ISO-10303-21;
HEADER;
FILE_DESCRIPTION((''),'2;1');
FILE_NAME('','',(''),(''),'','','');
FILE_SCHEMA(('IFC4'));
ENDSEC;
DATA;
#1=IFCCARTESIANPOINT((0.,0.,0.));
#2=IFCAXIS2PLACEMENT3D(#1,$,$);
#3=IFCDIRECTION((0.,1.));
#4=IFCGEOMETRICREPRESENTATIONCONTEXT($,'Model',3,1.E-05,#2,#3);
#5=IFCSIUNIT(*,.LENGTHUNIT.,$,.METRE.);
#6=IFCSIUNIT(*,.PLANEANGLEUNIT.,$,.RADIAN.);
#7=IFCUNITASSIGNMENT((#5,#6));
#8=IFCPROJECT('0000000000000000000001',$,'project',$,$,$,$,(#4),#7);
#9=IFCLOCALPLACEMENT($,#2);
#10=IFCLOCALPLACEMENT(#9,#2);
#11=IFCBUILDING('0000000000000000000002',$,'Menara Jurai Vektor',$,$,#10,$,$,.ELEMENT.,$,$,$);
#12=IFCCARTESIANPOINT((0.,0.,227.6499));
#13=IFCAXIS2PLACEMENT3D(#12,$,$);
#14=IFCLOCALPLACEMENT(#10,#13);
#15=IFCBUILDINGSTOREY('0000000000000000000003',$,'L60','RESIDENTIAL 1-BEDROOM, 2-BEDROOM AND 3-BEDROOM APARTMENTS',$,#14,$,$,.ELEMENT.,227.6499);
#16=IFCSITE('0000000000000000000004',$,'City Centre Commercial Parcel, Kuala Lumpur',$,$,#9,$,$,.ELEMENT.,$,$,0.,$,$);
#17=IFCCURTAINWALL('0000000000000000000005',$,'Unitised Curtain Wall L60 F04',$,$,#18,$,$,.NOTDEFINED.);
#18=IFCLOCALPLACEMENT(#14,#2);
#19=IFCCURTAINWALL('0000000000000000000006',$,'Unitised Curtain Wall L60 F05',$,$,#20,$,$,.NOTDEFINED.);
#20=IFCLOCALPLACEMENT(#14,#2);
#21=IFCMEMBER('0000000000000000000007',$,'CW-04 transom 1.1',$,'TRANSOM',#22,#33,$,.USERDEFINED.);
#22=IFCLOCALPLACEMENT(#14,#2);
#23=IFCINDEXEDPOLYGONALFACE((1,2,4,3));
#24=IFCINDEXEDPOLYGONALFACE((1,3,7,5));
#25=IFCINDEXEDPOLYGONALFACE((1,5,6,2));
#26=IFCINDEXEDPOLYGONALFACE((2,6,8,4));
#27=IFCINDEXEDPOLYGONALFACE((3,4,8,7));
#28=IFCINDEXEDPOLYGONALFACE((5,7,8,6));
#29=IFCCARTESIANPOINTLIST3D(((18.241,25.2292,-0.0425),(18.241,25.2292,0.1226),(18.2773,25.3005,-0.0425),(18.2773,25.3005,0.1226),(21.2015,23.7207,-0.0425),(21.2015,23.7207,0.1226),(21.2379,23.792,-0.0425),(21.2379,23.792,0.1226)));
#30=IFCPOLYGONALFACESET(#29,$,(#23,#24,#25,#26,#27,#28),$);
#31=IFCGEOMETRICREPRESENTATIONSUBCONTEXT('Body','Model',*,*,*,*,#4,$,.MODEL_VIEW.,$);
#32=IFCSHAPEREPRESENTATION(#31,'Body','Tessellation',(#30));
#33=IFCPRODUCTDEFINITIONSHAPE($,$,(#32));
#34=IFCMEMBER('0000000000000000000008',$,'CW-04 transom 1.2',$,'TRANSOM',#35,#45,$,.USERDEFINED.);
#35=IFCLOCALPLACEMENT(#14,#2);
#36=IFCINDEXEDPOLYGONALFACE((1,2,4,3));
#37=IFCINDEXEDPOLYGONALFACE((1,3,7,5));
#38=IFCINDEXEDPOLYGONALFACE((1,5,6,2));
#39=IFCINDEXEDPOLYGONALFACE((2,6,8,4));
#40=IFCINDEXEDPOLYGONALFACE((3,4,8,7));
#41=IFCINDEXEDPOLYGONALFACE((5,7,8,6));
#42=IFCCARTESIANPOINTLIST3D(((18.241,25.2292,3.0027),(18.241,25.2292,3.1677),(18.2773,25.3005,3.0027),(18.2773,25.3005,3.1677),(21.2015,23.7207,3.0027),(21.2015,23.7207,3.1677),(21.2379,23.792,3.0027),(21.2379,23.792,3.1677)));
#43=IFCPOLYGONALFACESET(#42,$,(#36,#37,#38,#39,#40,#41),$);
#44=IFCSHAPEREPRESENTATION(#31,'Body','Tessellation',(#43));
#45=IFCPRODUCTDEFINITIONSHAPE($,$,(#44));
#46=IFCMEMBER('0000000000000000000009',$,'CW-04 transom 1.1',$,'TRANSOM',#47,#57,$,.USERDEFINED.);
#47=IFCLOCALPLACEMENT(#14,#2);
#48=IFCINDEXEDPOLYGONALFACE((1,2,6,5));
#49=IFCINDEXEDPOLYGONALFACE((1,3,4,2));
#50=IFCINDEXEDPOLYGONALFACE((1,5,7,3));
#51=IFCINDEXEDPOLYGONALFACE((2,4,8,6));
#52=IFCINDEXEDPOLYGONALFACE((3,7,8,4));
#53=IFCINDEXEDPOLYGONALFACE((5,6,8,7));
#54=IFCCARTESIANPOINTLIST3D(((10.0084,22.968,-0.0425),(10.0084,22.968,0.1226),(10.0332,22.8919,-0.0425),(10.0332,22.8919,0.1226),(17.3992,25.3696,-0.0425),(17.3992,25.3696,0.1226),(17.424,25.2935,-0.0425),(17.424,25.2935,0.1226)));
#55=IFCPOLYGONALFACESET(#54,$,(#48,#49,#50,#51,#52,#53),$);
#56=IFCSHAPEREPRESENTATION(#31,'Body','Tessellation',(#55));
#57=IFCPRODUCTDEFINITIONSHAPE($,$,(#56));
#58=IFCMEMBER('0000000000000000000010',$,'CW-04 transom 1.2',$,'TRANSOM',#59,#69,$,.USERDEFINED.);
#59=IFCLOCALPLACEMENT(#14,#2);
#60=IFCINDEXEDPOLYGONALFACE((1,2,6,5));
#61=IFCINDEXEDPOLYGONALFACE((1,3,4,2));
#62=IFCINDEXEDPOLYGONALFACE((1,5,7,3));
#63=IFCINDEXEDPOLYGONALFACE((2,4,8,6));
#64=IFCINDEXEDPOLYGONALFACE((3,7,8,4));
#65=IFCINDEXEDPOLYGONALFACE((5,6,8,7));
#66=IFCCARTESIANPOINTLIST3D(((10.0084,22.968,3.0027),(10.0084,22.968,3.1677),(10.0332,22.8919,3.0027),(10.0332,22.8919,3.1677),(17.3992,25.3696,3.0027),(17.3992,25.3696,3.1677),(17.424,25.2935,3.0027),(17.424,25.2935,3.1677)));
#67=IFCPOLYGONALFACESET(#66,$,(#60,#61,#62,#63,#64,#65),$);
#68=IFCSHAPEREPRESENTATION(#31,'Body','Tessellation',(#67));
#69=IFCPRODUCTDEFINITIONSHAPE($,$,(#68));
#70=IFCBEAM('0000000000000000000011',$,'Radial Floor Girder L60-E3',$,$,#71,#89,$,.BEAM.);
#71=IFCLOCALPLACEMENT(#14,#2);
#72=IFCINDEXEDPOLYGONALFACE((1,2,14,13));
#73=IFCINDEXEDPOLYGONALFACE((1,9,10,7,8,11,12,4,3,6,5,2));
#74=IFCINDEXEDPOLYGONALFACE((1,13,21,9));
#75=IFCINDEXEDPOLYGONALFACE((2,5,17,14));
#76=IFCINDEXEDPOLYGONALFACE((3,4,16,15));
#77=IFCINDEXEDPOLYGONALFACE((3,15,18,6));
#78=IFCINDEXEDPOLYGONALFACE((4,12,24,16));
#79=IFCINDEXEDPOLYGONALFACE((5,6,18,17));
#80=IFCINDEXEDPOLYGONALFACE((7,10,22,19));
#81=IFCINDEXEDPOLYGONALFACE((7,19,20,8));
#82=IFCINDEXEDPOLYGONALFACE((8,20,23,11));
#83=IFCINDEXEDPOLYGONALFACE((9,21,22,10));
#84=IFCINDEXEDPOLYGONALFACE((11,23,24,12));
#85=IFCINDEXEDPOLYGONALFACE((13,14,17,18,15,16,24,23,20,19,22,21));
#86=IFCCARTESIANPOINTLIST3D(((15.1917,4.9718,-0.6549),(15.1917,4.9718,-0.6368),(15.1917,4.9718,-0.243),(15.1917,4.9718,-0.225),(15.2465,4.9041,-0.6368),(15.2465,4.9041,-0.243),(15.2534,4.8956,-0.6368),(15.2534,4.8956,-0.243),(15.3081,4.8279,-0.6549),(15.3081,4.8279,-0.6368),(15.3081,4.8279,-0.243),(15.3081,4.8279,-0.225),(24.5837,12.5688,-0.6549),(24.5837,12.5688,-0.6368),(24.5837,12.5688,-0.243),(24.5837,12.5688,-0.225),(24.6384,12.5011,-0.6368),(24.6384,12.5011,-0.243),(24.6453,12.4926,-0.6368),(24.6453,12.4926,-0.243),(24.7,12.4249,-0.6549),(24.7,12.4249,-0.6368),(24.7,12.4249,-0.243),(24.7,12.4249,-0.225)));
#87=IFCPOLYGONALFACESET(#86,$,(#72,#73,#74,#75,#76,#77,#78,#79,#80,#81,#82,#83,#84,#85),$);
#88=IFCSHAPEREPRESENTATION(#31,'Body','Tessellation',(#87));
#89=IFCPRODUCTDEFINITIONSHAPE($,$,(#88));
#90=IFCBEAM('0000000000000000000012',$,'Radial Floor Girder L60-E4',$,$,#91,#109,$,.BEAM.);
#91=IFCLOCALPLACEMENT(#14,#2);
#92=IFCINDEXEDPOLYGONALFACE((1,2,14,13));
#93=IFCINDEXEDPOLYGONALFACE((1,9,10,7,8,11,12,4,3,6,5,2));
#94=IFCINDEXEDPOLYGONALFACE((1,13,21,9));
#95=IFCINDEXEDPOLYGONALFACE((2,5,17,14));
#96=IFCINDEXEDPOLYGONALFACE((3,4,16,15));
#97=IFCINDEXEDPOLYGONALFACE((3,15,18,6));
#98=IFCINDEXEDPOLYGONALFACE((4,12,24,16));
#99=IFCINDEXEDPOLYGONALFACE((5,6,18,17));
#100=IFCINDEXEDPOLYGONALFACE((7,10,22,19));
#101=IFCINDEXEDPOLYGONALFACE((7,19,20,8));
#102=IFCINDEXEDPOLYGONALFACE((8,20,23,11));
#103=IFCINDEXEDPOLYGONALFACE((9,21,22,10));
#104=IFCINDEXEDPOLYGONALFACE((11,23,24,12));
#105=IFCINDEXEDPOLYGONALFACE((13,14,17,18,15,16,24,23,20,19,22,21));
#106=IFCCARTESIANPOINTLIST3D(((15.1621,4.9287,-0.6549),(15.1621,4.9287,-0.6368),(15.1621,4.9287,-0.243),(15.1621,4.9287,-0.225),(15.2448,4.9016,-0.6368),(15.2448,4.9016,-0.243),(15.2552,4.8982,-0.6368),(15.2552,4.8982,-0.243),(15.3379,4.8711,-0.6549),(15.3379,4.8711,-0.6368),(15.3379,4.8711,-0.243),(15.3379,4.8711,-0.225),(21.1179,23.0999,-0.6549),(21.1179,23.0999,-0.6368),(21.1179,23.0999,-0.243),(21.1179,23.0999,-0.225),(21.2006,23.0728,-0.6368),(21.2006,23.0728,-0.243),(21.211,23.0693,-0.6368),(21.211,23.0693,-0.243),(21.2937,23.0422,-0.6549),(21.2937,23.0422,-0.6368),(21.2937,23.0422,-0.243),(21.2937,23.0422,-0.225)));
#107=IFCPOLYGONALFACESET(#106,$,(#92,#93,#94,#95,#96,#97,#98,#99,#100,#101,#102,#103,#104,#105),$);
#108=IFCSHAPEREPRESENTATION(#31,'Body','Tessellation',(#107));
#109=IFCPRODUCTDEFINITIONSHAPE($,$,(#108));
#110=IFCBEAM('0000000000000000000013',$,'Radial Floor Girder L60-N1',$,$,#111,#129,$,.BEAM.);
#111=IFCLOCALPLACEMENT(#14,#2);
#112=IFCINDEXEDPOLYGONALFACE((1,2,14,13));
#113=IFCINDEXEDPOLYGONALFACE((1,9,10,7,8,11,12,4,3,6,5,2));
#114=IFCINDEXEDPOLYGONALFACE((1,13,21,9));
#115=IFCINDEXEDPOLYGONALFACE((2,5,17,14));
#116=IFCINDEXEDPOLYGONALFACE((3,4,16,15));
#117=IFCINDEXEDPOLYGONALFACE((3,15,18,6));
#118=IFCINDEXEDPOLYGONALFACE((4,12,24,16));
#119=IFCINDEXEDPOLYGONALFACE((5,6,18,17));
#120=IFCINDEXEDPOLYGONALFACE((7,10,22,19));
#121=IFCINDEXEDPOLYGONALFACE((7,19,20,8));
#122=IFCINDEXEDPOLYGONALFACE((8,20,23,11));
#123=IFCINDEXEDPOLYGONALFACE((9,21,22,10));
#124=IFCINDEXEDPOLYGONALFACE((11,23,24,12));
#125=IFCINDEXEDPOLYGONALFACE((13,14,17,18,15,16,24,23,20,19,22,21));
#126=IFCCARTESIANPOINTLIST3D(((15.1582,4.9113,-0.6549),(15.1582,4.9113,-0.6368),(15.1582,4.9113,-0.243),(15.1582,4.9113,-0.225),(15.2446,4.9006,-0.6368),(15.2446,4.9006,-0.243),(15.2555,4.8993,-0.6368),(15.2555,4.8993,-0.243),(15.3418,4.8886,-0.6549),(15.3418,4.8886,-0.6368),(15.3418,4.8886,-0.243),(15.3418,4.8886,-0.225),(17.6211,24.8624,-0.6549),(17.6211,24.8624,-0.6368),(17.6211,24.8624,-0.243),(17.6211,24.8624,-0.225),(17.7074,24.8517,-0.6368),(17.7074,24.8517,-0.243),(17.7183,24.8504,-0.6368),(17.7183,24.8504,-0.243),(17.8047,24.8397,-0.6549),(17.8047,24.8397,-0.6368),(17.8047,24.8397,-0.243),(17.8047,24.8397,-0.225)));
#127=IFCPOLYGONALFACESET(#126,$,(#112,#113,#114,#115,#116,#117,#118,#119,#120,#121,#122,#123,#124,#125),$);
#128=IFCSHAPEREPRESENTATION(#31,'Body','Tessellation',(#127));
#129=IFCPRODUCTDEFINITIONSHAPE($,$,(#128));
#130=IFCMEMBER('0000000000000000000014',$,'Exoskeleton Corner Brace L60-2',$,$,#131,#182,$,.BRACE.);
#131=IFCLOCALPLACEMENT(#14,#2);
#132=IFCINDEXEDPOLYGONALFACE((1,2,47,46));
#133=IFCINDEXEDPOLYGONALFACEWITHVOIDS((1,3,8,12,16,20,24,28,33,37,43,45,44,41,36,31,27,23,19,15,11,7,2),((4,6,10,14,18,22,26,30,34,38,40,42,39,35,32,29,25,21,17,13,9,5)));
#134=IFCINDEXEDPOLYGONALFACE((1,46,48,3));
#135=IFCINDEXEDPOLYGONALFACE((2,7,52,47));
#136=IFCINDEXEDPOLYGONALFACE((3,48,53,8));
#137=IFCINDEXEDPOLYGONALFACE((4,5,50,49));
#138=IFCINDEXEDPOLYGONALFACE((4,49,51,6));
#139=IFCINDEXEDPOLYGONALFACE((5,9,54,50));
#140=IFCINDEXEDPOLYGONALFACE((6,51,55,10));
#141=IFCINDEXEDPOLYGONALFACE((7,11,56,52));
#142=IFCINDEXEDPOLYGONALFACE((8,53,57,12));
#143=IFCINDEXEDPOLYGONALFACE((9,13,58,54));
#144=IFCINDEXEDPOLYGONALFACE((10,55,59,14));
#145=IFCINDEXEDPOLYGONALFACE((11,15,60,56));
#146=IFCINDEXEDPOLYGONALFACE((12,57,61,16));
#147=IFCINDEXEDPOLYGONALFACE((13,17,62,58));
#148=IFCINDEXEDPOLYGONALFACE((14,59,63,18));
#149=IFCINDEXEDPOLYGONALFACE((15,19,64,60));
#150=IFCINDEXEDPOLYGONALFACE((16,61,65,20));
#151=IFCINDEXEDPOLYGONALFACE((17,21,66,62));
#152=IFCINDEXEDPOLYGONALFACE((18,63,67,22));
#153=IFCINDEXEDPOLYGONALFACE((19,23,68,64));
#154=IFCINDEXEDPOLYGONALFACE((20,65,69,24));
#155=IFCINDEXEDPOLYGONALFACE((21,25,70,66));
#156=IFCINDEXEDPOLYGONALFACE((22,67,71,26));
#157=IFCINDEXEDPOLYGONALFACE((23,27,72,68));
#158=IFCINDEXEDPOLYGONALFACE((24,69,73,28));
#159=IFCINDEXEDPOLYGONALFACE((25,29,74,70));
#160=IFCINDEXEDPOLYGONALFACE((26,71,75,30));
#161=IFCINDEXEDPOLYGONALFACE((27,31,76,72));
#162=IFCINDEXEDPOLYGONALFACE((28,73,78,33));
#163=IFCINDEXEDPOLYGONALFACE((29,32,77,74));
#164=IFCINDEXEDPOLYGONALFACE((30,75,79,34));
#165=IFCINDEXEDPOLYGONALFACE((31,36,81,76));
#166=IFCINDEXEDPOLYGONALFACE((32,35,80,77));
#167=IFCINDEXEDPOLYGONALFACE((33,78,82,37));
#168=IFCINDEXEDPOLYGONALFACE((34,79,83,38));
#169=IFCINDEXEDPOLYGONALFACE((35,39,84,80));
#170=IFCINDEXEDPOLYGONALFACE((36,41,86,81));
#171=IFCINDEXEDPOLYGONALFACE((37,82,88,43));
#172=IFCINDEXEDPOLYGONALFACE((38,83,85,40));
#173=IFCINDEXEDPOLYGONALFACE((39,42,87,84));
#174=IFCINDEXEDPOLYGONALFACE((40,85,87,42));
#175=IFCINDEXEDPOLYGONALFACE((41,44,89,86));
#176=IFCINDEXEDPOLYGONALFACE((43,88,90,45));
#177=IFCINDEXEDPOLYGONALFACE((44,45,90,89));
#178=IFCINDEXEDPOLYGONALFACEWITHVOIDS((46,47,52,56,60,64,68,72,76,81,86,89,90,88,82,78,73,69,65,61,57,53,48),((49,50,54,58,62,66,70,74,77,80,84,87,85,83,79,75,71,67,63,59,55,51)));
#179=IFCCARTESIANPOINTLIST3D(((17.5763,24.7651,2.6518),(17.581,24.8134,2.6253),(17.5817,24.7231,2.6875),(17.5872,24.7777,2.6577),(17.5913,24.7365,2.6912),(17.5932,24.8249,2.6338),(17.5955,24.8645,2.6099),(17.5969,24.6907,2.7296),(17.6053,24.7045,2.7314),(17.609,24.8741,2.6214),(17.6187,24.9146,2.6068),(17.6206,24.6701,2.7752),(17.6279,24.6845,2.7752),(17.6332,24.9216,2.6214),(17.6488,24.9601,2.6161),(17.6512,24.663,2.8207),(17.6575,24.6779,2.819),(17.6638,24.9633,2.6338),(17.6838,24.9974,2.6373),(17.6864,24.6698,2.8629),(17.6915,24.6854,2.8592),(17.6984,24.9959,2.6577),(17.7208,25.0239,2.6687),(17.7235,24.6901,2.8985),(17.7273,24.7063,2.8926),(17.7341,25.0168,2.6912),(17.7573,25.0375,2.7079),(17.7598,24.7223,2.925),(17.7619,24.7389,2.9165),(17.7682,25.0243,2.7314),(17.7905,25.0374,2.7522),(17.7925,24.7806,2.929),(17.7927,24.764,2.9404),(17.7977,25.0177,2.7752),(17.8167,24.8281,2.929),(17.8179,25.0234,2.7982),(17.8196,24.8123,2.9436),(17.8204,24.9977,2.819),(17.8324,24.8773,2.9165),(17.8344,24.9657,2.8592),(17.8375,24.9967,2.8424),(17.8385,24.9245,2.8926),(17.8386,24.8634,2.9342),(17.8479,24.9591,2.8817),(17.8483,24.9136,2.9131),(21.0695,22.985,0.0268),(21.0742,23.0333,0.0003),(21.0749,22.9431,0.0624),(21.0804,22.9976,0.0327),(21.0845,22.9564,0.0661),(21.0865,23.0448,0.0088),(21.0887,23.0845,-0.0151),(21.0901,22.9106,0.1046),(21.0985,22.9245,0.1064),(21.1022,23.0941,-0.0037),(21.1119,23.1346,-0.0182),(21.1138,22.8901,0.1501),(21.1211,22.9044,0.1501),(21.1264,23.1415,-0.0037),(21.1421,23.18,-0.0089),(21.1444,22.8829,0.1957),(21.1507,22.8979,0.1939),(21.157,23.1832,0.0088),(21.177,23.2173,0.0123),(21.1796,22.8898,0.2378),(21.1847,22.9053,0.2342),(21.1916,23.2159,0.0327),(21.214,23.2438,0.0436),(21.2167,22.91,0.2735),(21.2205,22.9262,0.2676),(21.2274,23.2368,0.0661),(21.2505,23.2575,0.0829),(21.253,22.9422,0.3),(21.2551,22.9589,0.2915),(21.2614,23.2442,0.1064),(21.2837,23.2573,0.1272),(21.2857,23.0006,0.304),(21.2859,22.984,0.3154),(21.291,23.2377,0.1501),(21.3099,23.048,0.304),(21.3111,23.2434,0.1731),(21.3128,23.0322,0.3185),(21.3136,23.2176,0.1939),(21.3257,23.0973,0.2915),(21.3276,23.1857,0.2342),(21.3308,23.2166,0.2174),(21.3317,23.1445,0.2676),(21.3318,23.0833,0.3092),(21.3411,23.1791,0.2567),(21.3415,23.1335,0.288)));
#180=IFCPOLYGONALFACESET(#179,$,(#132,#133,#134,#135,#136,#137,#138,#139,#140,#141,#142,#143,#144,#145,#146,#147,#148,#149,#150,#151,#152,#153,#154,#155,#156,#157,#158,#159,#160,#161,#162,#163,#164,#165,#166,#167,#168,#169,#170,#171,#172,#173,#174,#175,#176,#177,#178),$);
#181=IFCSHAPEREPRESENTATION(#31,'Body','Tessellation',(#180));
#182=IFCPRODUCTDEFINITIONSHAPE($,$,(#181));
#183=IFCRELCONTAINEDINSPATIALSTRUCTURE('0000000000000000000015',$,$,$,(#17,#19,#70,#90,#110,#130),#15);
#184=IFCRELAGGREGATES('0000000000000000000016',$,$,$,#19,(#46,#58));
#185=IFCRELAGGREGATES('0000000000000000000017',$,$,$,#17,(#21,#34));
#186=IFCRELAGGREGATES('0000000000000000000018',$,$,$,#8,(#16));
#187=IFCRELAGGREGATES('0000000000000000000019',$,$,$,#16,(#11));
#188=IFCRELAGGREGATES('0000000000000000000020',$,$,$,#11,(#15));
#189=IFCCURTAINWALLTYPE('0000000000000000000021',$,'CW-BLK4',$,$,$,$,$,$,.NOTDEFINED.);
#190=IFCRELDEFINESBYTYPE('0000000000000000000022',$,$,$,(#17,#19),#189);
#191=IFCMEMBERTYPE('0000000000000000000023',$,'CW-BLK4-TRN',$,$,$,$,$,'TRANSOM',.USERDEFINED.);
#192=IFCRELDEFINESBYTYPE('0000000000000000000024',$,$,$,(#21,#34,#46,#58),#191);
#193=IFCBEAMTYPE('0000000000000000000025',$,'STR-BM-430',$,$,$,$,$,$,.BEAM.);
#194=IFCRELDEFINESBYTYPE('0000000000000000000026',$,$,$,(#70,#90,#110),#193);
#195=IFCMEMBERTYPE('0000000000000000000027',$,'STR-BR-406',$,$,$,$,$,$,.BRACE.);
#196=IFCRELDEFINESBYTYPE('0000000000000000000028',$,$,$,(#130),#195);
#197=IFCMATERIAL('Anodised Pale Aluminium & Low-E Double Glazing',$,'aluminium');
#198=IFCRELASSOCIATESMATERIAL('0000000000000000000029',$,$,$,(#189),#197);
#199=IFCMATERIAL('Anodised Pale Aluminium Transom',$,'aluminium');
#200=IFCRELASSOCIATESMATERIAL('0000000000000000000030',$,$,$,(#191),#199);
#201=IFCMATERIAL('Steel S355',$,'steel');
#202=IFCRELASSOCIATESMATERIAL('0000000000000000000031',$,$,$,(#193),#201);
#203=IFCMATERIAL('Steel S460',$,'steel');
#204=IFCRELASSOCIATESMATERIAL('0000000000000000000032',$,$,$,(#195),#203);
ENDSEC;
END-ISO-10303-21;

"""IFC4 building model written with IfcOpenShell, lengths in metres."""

from ifc_helpers import new_model, si_unit, direction, frame, origin, origin_2d, place, context, subcontext, project, spatial, rectangle, hollow_circle, i_section, extrude, material, material_profile, profile_set, type_object, element, aggregate, save


model = new_model("IFC4")

# Units and contexts
model_context = context("Model", 3, precision=1e-05, world=origin(), true_north=direction((0.0, 1.0)))
body_context = subcontext(model_context, "Body", "Model", "MODEL_VIEW")
ifc_project = project(units=[si_unit("LENGTHUNIT", "METRE"), si_unit("PLANEANGLEUNIT", "RADIAN")], contexts=[model_context])

# Site, building, storey
site_placement = place(None, origin())
site = spatial("IfcSite", under=ifc_project, at=site_placement, Name="City Centre Commercial Parcel, Kuala Lumpur", CompositionType="ELEMENT", RefElevation=0.0)
building_placement = place(site_placement, origin())
building = spatial("IfcBuilding", under=site, at=building_placement, Name="Menara Jurai Vektor", CompositionType="ELEMENT")
storey_placement = place(building_placement, frame((0.0, 0.0, 227.6499)))
storey = spatial("IfcBuildingStorey", under=building, at=storey_placement, Name="L60", Description="RESIDENTIAL 1-BEDROOM, 2-BEDROOM AND 3-BEDROOM APARTMENTS", CompositionType="ELEMENT", Elevation=227.6499)

# Shared definitions
ifc_material_1 = material(Name="Steel S460", Category="steel")

# Curtain wall
ifc_material_2 = material(Name="Anodised Pale Aluminium & Low-E Double Glazing", Category="aluminium")
curtain_wall_type = type_object("IfcCurtainWallType", Name="CW-BLK4", PredefinedType="NOTDEFINED", material=ifc_material_2)
curtain_wall_1_placement = place(storey_placement, origin())
curtain_wall_1 = element("IfcCurtainWall", 1, at=curtain_wall_1_placement, inside=storey, type_object=curtain_wall_type, Name="Unitised Curtain Wall L60 F04", PredefinedType="NOTDEFINED")

# Curtain wall
curtain_wall_2_placement = place(storey_placement, origin())
curtain_wall_2 = element("IfcCurtainWall", 2, at=curtain_wall_2_placement, inside=storey, type_object=curtain_wall_type, Name="Unitised Curtain Wall L60 F05", PredefinedType="NOTDEFINED")

# Members
ifc_material_3 = material(Name="Anodised Pale Aluminium Transom", Category="aluminium")
ifc_material_profile_1 = material_profile(ifc_material_3, rectangle(XDim=0.0801, YDim=0.165, at=origin_2d()), Name="ALU TRN 80x165")
ifc_profile_set_1 = profile_set([ifc_material_profile_1], Name="Anodised Pale Aluminium Transom")
member_type_1 = type_object("IfcMemberType", Name="CW-BLK4-TRN", ElementType="TRANSOM", PredefinedType="USERDEFINED", material=ifc_profile_set_1)
member_1_placement = place(storey_placement, frame((21.2197, 23.7563, 0.04), z_axis=(-0.891007, 0.45399, 0.0), x_axis=(-0.45399, -0.891007, 0.0)))
member_1 = element("IfcMember", 3, at=member_1_placement, type_object=member_type_1, Name="CW-04 transom 1.1", ObjectType="TRANSOM", PredefinedType="USERDEFINED", context=body_context, shape_type="SweptSolid", body=[
    extrude(rectangle(XDim=0.0801, YDim=0.165, at=origin_2d()), origin(), (0.0, 0.0, 1.0), 3.3228),
])
member_2_placement = place(storey_placement, frame((21.2197, 23.7563, 3.0852), z_axis=(-0.891007, 0.45399, 0.0), x_axis=(-0.45399, -0.891007, 0.0)))
member_2 = element("IfcMember", 4, at=member_2_placement, type_object=member_type_1, Name="CW-04 transom 1.2", ObjectType="TRANSOM", PredefinedType="USERDEFINED", context=body_context, shape_type="SweptSolid", body=[
    extrude(rectangle(XDim=0.0801, YDim=0.165, at=origin_2d()), origin(), (0.0, 0.0, 1.0), 3.3228),
])
member_3_placement = place(storey_placement, frame((17.4116, 25.3315, 0.04), z_axis=(-0.95105, -0.309037, 0.0), x_axis=(0.309037, -0.95105, 0.0)))
member_3 = element("IfcMember", 5, at=member_3_placement, type_object=member_type_1, Name="CW-04 transom 1.1", ObjectType="TRANSOM", PredefinedType="USERDEFINED", context=body_context, shape_type="SweptSolid", body=[
    extrude(rectangle(XDim=0.0801, YDim=0.165, at=origin_2d()), origin(), (0.0, 0.0, 1.0), 7.7712),
])
member_4_placement = place(storey_placement, frame((17.4116, 25.3315, 3.0852), z_axis=(-0.95105, -0.309037, 0.0), x_axis=(0.309037, -0.95105, 0.0)))
member_4 = element("IfcMember", 6, at=member_4_placement, type_object=member_type_1, Name="CW-04 transom 1.2", ObjectType="TRANSOM", PredefinedType="USERDEFINED", context=body_context, shape_type="SweptSolid", body=[
    extrude(rectangle(XDim=0.0801, YDim=0.165, at=origin_2d()), origin(), (0.0, 0.0, 1.0), 7.7712),
])

# Beams
ifc_material_4 = material(Name="Steel S355", Category="steel")
ifc_material_profile_2 = material_profile(ifc_material_4, i_section(OverallWidth=0.1851, OverallDepth=0.4299, WebThickness=0.011, FlangeThickness=0.0181, at=origin_2d()), Name="PG 430x185x76")
ifc_profile_set_2 = profile_set([ifc_material_profile_2], Name="Steel S355")
beam_type_1 = type_object("IfcBeamType", Name="STR-BM-430", PredefinedType="BEAM", material=ifc_profile_set_2)
beam_1_placement = place(storey_placement, frame((24.6418, 12.4968, -0.4399), z_axis=(-0.777488, -0.628898, 0.0), x_axis=(0.628898, -0.777488, 0.0)))
element("IfcBeam", 7, at=beam_1_placement, inside=storey, type_object=beam_type_1, Name="Radial Floor Girder L60-E3", PredefinedType="BEAM", context=body_context, shape_type="SweptSolid", body=[
    extrude(i_section(OverallWidth=0.1851, OverallDepth=0.4299, WebThickness=0.011, FlangeThickness=0.0181, at=origin_2d()), origin(), (0.0, 0.0, 1.0), 12.0798),
])
beam_2_placement = place(storey_placement, frame((21.2058, 23.071, -0.4399), z_axis=(-0.311459, -0.95026, 0.0), x_axis=(0.95026, -0.311459, 0.0)))
element("IfcBeam", 8, at=beam_2_placement, inside=storey, type_object=beam_type_1, Name="Radial Floor Girder L60-E4", PredefinedType="BEAM", context=body_context, shape_type="SweptSolid", body=[
    extrude(i_section(OverallWidth=0.1851, OverallDepth=0.4299, WebThickness=0.011, FlangeThickness=0.0181, at=origin_2d()), origin(), (0.0, 0.0, 1.0), 19.1223),
])
beam_3_placement = place(storey_placement, frame((17.7129, 24.8511, -0.4399), z_axis=(-0.122516, -0.992467, 0.0), x_axis=(0.992467, -0.122516, 0.0)))
element("IfcBeam", 9, at=beam_3_placement, inside=storey, type_object=beam_type_1, Name="Radial Floor Girder L60-N1", PredefinedType="BEAM", context=body_context, shape_type="SweptSolid", body=[
    extrude(i_section(OverallWidth=0.1851, OverallDepth=0.4299, WebThickness=0.011, FlangeThickness=0.0181, at=origin_2d()), origin(), (0.0, 0.0, 1.0), 20.1025),
])

# Member
ifc_material_profile_3 = material_profile(ifc_material_1, hollow_circle(Radius=0.2031, WallThickness=0.0161, at=origin_2d()), Name="CHS 406.4x16")
ifc_profile_set_3 = profile_set([ifc_material_profile_3], Name="Steel S460")
member_type_2 = type_object("IfcMemberType", Name="STR-BR-406", PredefinedType="BRACE", material=ifc_profile_set_3)
member_5_placement = place(storey_placement, frame((21.2061, 23.071, 0.1501), z_axis=(-0.740361, 0.377269, 0.556357), x_axis=(-0.454026, -0.890989, 0.0)))
element("IfcMember", 10, at=member_5_placement, inside=storey, type_object=member_type_2, Name="Exoskeleton Corner Brace L60-2", PredefinedType="BRACE", context=body_context, shape_type="SweptSolid", body=[
    extrude(hollow_circle(Radius=0.2031, WallThickness=0.0161, at=origin_2d()), origin(), (0.0, 0.0, 1.0), 4.7183),
])

aggregate(curtain_wall_2, [member_3, member_4])
aggregate(curtain_wall_1, [member_1, member_2])

save(model, "model.ifc")
